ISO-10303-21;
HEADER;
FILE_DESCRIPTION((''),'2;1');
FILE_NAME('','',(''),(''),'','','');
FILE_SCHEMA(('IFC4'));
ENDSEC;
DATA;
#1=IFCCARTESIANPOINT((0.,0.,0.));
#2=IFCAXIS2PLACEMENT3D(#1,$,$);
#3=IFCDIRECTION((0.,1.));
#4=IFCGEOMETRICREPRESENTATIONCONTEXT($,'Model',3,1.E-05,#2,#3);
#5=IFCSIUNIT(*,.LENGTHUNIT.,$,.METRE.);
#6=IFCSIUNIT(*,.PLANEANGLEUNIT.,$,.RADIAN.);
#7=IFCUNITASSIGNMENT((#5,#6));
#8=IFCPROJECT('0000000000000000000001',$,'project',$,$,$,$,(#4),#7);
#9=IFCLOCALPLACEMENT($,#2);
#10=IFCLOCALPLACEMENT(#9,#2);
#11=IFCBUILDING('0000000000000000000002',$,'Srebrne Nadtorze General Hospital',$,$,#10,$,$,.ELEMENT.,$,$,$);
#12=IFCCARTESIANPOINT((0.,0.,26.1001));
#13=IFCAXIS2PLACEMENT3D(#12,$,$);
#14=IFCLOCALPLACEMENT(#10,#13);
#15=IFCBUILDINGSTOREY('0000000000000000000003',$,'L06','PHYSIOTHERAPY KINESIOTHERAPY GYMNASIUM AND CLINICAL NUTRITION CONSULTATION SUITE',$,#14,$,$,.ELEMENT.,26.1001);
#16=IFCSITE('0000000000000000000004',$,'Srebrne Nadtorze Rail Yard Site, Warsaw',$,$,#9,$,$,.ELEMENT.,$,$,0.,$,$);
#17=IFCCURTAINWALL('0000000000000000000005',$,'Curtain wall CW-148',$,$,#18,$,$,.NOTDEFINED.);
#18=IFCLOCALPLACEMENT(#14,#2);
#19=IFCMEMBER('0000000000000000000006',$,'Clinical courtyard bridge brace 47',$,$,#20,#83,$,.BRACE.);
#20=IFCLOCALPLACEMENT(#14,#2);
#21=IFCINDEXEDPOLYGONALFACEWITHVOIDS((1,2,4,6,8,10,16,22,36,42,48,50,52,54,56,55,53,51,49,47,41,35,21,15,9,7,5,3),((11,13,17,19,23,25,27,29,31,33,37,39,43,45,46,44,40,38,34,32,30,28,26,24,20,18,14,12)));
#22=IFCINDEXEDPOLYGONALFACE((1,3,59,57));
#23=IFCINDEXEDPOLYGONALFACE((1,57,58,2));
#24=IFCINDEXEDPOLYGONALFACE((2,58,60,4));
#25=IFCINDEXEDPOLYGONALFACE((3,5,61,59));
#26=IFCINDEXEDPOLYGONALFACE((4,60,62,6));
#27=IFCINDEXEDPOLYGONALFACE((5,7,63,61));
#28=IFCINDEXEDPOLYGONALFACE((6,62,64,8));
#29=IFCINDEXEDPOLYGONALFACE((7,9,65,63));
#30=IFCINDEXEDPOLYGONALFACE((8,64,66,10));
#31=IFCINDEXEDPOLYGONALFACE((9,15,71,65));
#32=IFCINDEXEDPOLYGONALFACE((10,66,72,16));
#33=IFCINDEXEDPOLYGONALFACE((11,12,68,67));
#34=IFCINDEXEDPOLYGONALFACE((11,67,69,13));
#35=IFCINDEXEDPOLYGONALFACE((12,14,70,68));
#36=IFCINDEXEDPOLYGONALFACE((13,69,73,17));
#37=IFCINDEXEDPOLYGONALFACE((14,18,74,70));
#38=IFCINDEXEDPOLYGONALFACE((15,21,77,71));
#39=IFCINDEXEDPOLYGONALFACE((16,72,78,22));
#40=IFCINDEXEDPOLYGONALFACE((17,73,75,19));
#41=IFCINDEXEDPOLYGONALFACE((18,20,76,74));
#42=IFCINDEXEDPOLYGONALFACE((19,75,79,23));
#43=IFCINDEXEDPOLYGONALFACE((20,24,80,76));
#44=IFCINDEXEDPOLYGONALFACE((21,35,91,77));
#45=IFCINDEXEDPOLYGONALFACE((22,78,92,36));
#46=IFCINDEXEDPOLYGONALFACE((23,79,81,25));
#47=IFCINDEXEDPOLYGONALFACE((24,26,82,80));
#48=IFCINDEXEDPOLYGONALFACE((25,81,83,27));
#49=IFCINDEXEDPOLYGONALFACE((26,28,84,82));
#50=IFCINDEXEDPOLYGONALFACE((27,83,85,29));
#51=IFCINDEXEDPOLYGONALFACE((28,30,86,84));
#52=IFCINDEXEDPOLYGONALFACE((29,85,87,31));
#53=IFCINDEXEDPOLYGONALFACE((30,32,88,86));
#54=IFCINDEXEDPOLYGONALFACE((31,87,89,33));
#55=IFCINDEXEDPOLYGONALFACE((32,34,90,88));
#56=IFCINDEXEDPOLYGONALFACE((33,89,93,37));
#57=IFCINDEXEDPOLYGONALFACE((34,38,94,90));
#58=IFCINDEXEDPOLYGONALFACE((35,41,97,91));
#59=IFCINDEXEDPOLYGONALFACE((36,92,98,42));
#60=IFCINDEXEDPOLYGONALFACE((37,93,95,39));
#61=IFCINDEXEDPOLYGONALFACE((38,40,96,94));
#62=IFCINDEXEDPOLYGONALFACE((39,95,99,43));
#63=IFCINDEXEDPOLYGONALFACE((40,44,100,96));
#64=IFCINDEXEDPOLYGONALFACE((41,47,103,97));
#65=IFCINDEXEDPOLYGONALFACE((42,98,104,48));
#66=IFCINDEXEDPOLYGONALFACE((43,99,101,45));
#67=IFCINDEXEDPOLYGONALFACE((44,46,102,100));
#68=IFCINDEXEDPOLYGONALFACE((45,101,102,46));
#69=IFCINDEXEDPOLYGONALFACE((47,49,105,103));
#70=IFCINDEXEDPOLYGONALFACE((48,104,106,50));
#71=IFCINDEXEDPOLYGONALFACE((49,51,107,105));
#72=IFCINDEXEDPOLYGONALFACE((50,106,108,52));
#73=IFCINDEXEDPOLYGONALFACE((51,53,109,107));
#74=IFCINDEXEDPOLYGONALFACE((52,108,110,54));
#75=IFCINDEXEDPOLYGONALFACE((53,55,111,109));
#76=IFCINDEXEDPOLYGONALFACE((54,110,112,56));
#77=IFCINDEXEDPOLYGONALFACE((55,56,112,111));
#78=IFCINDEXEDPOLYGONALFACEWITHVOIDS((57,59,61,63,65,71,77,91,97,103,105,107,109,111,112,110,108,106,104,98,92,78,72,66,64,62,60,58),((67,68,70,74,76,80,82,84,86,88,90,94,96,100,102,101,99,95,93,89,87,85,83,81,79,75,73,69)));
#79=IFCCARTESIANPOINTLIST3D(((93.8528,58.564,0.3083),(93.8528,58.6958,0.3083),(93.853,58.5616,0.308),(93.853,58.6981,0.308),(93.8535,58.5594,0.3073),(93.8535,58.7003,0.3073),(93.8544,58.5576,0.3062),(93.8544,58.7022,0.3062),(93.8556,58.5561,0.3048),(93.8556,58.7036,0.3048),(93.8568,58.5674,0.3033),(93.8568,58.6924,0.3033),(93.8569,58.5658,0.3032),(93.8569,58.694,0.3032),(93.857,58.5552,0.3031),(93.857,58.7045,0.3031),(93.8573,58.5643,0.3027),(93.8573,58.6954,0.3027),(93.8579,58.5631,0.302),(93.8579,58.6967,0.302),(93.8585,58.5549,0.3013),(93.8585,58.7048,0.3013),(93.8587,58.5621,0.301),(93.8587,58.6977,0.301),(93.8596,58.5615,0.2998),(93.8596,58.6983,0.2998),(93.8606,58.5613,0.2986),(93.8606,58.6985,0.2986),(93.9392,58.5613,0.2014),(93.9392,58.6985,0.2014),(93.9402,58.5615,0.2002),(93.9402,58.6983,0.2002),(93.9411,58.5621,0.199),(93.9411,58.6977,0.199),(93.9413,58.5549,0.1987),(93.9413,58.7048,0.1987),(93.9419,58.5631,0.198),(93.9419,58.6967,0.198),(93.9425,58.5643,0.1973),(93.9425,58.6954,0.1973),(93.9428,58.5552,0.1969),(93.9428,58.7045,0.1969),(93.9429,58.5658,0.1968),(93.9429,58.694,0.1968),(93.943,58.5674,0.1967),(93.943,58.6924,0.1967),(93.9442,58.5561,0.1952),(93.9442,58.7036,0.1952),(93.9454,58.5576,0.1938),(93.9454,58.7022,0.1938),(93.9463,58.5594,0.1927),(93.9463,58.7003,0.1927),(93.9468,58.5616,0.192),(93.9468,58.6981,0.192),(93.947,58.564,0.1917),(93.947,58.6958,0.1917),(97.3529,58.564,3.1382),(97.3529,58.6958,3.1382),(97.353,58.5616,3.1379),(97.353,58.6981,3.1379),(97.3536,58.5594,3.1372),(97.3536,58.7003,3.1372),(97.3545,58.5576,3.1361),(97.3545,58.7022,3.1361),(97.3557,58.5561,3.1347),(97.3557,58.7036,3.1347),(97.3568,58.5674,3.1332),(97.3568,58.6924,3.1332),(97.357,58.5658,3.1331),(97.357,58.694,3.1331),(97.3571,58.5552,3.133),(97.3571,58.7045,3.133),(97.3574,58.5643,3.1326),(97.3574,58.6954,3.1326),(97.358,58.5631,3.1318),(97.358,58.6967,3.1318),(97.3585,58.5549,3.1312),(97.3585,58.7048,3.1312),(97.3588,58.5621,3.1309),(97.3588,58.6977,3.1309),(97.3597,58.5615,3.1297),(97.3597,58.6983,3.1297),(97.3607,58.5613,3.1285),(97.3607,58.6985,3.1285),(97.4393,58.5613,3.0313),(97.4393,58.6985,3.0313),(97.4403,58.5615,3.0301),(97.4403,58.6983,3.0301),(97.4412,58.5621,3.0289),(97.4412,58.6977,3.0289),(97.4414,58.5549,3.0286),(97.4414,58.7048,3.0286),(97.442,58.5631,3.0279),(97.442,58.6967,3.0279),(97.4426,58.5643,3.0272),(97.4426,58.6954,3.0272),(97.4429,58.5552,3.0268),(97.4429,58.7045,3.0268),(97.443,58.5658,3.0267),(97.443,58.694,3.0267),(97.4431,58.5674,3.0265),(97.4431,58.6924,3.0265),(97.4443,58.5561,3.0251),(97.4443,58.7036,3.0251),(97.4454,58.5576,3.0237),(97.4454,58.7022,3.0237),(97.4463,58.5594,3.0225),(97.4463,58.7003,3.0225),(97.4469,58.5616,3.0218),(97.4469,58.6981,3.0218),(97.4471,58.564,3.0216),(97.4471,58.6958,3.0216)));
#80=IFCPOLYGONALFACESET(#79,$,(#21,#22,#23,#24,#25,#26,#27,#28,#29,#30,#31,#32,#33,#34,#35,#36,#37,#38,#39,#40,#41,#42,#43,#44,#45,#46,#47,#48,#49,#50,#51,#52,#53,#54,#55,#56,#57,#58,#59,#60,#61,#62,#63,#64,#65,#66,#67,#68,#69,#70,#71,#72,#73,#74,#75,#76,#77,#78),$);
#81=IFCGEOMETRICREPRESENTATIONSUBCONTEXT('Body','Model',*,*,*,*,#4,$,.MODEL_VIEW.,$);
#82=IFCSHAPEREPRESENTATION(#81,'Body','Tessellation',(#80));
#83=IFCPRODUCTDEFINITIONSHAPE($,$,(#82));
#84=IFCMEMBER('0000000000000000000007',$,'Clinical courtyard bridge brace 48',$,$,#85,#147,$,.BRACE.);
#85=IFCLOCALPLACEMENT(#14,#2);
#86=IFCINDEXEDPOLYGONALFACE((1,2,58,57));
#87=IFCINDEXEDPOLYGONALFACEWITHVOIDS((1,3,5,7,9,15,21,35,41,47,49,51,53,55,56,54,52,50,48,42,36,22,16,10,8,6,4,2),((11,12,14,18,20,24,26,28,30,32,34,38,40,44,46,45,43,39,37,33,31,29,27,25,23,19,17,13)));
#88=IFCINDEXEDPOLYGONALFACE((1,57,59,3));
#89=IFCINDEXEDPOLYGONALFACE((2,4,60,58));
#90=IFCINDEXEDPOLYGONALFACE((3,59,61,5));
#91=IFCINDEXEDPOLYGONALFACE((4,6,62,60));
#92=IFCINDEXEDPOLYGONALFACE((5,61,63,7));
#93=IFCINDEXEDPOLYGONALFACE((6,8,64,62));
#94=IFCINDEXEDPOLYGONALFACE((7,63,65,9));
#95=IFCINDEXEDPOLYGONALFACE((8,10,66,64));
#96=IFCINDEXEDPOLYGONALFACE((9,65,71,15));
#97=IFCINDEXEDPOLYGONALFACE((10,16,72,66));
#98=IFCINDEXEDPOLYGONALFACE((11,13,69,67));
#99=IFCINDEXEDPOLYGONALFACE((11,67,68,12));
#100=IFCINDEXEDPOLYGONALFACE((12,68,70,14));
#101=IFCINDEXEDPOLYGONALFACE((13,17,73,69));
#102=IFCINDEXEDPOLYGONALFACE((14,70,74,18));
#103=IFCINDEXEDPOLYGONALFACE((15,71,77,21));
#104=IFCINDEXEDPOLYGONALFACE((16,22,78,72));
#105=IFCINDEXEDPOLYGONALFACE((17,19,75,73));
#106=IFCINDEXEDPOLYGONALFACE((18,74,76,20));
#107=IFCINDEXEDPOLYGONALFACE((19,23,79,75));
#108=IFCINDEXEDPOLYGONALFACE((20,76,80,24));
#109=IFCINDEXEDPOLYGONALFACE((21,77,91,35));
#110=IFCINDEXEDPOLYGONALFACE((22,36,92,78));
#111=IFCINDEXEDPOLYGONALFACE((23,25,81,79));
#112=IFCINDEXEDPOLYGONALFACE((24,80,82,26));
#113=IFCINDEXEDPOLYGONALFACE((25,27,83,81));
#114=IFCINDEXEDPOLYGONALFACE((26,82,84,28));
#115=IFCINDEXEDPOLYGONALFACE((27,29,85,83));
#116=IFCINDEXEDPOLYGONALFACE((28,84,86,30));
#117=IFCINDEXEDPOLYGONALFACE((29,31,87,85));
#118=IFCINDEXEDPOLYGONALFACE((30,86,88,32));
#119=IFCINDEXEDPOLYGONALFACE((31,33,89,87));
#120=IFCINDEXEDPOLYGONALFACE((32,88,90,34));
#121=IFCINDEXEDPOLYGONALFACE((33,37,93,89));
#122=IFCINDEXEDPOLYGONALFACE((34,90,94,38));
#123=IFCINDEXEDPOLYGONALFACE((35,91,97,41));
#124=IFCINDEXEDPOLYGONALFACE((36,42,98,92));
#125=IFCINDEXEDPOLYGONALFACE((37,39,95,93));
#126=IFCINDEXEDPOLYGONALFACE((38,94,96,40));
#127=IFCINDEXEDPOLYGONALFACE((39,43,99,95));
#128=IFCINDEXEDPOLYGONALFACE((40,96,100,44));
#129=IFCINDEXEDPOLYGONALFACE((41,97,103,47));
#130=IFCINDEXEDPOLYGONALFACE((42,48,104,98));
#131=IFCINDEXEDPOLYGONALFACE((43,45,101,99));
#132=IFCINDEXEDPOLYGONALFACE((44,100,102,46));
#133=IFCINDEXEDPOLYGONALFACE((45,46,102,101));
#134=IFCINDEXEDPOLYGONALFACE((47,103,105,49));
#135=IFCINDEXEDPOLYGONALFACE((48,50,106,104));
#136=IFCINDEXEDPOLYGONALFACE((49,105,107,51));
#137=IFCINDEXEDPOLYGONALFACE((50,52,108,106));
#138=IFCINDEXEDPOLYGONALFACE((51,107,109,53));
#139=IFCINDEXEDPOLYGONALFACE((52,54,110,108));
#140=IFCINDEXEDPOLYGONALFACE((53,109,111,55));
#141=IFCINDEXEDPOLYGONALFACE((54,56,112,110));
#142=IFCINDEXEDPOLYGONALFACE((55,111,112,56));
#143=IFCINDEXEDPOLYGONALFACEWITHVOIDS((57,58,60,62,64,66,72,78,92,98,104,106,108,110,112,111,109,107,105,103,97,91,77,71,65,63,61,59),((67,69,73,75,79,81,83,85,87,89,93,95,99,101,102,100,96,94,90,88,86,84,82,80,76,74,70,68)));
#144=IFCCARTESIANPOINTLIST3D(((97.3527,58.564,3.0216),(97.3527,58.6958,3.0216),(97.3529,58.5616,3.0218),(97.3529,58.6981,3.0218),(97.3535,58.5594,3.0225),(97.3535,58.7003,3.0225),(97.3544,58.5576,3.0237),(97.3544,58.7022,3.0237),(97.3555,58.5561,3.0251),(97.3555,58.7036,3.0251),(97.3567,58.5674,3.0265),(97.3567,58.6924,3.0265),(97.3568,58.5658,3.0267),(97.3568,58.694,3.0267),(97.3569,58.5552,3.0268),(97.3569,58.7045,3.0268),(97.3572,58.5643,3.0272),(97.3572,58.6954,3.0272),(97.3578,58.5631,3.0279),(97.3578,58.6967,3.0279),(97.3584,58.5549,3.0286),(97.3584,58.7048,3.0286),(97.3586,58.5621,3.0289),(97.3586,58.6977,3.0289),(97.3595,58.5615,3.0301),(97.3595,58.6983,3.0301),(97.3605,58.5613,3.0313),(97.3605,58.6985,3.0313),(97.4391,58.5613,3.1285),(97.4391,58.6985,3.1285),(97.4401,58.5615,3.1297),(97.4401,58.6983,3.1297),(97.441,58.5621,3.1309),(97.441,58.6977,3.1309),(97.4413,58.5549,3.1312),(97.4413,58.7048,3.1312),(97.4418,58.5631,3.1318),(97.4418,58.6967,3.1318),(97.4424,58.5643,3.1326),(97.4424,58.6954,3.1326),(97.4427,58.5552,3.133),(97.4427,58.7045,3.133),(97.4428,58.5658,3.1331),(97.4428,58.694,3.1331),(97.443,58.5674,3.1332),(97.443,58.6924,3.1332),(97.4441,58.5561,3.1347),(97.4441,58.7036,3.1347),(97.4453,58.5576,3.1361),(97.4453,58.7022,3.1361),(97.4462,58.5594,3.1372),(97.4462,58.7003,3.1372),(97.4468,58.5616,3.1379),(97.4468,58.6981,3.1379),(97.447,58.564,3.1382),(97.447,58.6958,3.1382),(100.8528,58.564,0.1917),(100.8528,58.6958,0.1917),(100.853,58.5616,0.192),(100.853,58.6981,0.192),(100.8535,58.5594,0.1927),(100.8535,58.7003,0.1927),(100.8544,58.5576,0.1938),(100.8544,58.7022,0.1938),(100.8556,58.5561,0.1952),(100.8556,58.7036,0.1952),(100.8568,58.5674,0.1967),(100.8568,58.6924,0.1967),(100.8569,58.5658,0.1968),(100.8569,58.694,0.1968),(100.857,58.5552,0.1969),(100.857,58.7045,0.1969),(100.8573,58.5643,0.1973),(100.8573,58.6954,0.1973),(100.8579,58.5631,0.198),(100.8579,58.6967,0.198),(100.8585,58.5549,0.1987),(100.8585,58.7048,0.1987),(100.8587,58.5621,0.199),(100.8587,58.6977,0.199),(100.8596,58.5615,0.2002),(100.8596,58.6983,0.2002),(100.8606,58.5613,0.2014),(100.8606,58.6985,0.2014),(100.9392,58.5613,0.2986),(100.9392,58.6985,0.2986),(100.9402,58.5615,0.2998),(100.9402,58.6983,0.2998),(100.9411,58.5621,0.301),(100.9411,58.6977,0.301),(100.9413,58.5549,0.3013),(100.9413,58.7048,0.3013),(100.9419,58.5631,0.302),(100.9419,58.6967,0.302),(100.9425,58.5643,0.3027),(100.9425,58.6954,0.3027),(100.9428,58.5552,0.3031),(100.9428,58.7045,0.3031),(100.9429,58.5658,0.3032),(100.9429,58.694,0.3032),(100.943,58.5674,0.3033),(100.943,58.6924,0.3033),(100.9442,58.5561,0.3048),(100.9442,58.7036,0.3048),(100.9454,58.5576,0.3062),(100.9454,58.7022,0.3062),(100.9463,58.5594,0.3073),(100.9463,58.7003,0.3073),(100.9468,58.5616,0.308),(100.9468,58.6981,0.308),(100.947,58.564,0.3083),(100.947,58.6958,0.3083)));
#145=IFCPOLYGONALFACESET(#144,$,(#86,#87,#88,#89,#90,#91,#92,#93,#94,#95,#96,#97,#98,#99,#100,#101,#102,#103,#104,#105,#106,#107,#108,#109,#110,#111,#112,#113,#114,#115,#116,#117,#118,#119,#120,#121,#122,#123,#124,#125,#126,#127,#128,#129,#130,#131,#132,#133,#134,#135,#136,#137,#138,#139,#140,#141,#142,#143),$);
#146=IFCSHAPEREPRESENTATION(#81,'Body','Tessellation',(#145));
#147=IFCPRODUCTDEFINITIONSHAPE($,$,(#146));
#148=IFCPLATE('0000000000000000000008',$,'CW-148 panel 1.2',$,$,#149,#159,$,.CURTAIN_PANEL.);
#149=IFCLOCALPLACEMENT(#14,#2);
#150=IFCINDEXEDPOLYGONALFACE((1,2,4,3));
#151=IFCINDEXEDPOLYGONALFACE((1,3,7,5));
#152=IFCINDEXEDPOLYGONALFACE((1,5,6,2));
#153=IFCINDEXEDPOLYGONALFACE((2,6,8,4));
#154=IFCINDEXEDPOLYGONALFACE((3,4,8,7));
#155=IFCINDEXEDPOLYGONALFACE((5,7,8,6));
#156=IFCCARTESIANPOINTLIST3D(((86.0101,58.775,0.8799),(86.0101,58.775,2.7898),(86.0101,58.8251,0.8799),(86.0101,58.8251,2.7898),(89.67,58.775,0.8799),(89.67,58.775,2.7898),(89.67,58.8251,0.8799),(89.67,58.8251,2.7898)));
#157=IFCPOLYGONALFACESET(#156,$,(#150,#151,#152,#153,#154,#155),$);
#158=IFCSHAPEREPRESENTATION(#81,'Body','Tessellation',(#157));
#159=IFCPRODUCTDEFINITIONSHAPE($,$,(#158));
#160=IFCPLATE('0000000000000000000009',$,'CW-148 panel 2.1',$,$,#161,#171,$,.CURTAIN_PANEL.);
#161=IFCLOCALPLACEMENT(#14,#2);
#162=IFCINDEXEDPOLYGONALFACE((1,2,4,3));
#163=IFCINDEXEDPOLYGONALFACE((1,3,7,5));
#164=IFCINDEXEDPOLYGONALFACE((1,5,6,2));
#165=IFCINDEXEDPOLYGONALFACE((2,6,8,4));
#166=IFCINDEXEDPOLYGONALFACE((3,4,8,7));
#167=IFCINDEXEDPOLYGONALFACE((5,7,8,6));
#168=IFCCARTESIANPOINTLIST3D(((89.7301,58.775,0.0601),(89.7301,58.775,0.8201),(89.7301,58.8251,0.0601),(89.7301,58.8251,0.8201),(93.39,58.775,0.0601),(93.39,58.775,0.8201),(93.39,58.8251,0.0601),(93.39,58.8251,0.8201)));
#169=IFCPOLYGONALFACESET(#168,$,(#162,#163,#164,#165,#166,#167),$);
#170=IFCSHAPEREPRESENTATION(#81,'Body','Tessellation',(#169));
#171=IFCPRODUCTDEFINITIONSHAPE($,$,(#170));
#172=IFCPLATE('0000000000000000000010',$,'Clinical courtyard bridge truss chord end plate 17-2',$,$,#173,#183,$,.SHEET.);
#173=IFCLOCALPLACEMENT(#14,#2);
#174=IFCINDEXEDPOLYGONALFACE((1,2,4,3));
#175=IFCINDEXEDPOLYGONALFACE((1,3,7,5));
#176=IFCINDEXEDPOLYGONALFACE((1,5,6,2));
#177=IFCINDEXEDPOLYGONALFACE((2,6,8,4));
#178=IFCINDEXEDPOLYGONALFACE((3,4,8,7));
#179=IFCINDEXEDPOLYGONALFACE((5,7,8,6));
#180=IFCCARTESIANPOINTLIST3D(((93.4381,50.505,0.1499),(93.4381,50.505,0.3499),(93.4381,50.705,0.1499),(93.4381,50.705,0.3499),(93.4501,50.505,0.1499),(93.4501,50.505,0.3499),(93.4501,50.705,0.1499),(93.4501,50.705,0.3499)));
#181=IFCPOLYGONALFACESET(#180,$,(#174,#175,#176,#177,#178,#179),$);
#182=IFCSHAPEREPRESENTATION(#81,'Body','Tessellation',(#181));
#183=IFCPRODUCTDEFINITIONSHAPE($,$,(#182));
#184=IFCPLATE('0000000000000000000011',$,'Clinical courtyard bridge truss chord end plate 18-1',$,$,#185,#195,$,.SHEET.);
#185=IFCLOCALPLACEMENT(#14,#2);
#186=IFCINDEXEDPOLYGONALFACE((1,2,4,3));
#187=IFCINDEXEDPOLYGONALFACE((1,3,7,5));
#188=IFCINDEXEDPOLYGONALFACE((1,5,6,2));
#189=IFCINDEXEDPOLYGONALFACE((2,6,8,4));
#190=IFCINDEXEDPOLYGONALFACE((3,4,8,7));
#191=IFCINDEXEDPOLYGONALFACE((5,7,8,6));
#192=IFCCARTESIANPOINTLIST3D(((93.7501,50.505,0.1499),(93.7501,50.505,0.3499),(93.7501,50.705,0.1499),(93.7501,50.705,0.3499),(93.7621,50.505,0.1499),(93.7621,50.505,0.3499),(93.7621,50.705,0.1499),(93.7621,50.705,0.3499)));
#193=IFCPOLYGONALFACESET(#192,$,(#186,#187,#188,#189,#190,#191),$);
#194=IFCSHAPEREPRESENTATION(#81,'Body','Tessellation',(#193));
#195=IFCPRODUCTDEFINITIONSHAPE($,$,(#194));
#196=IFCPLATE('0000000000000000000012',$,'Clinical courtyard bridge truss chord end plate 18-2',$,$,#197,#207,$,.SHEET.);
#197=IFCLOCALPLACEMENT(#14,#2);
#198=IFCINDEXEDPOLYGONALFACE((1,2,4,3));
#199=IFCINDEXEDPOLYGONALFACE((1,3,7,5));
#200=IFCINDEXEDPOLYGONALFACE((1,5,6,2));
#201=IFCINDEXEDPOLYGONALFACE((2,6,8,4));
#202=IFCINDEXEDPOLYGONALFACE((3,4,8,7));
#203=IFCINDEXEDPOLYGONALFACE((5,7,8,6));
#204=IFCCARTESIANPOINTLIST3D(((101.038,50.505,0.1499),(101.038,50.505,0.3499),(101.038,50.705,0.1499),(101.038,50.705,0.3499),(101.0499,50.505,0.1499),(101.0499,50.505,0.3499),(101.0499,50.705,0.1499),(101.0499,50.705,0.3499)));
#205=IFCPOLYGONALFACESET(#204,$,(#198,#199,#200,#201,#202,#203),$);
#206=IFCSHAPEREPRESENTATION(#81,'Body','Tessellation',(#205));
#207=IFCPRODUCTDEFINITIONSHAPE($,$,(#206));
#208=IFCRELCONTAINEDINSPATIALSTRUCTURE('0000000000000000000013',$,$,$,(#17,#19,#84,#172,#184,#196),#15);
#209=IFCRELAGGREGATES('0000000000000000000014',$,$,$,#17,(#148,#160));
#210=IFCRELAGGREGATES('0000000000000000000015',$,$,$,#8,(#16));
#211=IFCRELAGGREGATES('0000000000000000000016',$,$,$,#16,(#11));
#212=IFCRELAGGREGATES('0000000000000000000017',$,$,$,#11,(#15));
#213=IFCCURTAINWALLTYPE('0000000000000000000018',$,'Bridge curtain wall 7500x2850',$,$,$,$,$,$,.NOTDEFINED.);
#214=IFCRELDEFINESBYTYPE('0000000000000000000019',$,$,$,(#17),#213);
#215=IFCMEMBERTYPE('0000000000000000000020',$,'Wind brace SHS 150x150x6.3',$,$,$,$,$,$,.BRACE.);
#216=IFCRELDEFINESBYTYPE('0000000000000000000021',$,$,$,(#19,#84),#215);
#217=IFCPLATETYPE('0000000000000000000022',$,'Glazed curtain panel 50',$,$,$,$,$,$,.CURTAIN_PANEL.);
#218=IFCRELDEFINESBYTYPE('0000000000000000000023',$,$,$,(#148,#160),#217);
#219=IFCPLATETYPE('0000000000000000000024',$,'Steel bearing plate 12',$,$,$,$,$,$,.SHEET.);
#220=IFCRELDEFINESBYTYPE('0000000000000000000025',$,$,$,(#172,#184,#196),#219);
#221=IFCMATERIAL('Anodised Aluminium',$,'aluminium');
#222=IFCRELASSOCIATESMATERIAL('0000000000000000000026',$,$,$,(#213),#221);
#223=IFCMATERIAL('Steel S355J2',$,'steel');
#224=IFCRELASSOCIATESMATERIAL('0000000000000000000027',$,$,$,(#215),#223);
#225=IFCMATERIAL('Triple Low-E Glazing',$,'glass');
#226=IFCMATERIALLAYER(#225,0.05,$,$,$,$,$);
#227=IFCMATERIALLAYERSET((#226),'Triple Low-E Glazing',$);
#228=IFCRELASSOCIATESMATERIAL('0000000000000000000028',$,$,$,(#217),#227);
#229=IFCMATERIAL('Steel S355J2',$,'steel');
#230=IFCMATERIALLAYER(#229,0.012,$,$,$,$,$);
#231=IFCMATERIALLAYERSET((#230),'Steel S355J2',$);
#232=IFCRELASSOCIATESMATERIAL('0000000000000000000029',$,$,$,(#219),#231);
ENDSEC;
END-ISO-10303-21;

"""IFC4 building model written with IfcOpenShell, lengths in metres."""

from ifc_helpers import new_model, si_unit, direction, frame, origin, origin_2d, place, context, subcontext, project, spatial, rectangle, hollow_rectangle, extrude, material, layer, layer_set, material_profile, profile_set, type_object, element, aggregate, save


model = new_model("IFC4")

# Units and contexts
model_context = context("Model", 3, precision=1e-05, world=origin(), true_north=direction((0.0, 1.0)))
body_context = subcontext(model_context, "Body", "Model", "MODEL_VIEW")
ifc_project = project(units=[si_unit("LENGTHUNIT", "METRE"), si_unit("PLANEANGLEUNIT", "RADIAN")], contexts=[model_context])

# Site, building, storey
site_placement = place(None, origin())
site = spatial("IfcSite", under=ifc_project, at=site_placement, Name="Srebrne Nadtorze Rail Yard Site, Warsaw", CompositionType="ELEMENT", RefElevation=0.0)
building_placement = place(site_placement, origin())
building = spatial("IfcBuilding", under=site, at=building_placement, Name="Srebrne Nadtorze General Hospital", CompositionType="ELEMENT")
storey_placement = place(building_placement, frame((0.0, 0.0, 26.1001)))
storey = spatial("IfcBuildingStorey", under=building, at=storey_placement, Name="L06", Description="PHYSIOTHERAPY KINESIOTHERAPY GYMNASIUM AND CLINICAL NUTRITION CONSULTATION SUITE", CompositionType="ELEMENT", Elevation=26.1001)

# Curtain wall
ifc_material_1 = material(Name="Anodised Aluminium", Category="aluminium")
curtain_wall_type = type_object("IfcCurtainWallType", Name="Bridge curtain wall 7500x2850", PredefinedType="NOTDEFINED", material=ifc_material_1)
curtain_wall_placement = place(storey_placement, origin())
curtain_wall = element("IfcCurtainWall", 1, at=curtain_wall_placement, inside=storey, type_object=curtain_wall_type, Name="Curtain wall CW-148", PredefinedType="NOTDEFINED")

# Members
ifc_material_2 = material(Name="Steel S355J2", Category="steel")
ifc_material_profile_1 = material_profile(ifc_material_2, hollow_rectangle(XDim=0.1499, YDim=0.1499, WallThickness=0.0063, InnerFilletRadius=0.0061, OuterFilletRadius=0.009, at=origin_2d()), Name="SHS-150x150x6.3")
ifc_profile_set_1 = profile_set([ifc_material_profile_1], Name="Steel S355J2")
member_type_1 = type_object("IfcMemberType", Name="Wind brace SHS 150x150x6.3", PredefinedType="BRACE", material=ifc_profile_set_1)
for number, where, z_axis, x_axis, name in (
    (2, (93.8999, 58.6299, 0.25), (0.777625, 0.0, 0.628728), (0.0, 1.0, 0.0), "Clinical courtyard bridge brace 47"),
    (3, (100.8999, 58.6299, 0.25), (-0.777625, 0.0, 0.628728), (0.0, -1.0, 0.0), "Clinical courtyard bridge brace 48"),
):
    element("IfcMember", number, at=place(storey_placement, frame(where, z_axis=z_axis, x_axis=x_axis)), inside=storey, type_object=member_type_1, Name=name, PredefinedType="BRACE", context=body_context, shape_type="SweptSolid", body=[
        extrude(hollow_rectangle(XDim=0.1499, YDim=0.1499, WallThickness=0.0063, InnerFilletRadius=0.0061, OuterFilletRadius=0.009, at=origin_2d()), origin(), (0.0, 0.0, 1.0), 4.501),
    ])

# Plates
ifc_material_3 = material(Name="Triple Low-E Glazing", Category="glass")
ifc_layer_1 = layer(ifc_material_3, 0.05)
ifc_layer_set_1 = layer_set([ifc_layer_1], Name="Triple Low-E Glazing")
plate_type_1 = type_object("IfcPlateType", Name="Glazed curtain panel 50", PredefinedType="CURTAIN_PANEL", material=ifc_layer_set_1)
plate_1_placement = place(storey_placement, frame((87.8401, 58.8, 0.8799), z_axis=(0.0, 0.0, 1.0), x_axis=(1.0, 0.0, 0.0)))
plate_1 = element("IfcPlate", 4, at=plate_1_placement, type_object=plate_type_1, Name="CW-148 panel 1.2", PredefinedType="CURTAIN_PANEL", context=body_context, shape_type="SweptSolid", body=[
    extrude(rectangle(XDim=3.6599, YDim=0.05, at=origin_2d()), origin(), (0.0, 0.0, 1.0), 1.9099),
])
plate_2_placement = place(storey_placement, frame((91.5601, 58.8, 0.0601), z_axis=(0.0, 0.0, 1.0), x_axis=(1.0, 0.0, 0.0)))
plate_2 = element("IfcPlate", 5, at=plate_2_placement, type_object=plate_type_1, Name="CW-148 panel 2.1", PredefinedType="CURTAIN_PANEL", context=body_context, shape_type="SweptSolid", body=[
    extrude(rectangle(XDim=3.6599, YDim=0.05, at=origin_2d()), origin(), (0.0, 0.0, 1.0), 0.76),
])
aggregate(curtain_wall, [plate_1, plate_2])

# Plates
ifc_material_4 = material(Name="Steel S355J2", Category="steel")
ifc_layer_2 = layer(ifc_material_4, 0.012)
ifc_layer_set_2 = layer_set([ifc_layer_2], Name="Steel S355J2")
plate_type_2 = type_object("IfcPlateType", Name="Steel bearing plate 12", PredefinedType="SHEET", material=ifc_layer_set_2)
for number, where, z_axis, x_axis, name in (
    (6, (93.4441, 50.605, 0.1499), (0.0, 0.0, 1.0), (1.0, 0.0, 0.0), "Clinical courtyard bridge truss chord end plate 17-2"),
    (7, (93.7561, 50.605, 0.1499), (0.0, 0.0, 1.0), (1.0, 0.0, 0.0), "Clinical courtyard bridge truss chord end plate 18-1"),
    (8, (101.0439, 50.605, 0.1499), (0.0, 0.0, 1.0), (1.0, 0.0, 0.0), "Clinical courtyard bridge truss chord end plate 18-2"),
):
    element("IfcPlate", number, at=place(storey_placement, frame(where, z_axis=z_axis, x_axis=x_axis)), inside=storey, type_object=plate_type_2, Name=name, PredefinedType="SHEET", context=body_context, shape_type="SweptSolid", body=[
        extrude(rectangle(XDim=0.012, YDim=0.2, at=origin_2d()), origin(), (0.0, 0.0, 1.0), 0.2),
    ])

save(model, "model.ifc")
